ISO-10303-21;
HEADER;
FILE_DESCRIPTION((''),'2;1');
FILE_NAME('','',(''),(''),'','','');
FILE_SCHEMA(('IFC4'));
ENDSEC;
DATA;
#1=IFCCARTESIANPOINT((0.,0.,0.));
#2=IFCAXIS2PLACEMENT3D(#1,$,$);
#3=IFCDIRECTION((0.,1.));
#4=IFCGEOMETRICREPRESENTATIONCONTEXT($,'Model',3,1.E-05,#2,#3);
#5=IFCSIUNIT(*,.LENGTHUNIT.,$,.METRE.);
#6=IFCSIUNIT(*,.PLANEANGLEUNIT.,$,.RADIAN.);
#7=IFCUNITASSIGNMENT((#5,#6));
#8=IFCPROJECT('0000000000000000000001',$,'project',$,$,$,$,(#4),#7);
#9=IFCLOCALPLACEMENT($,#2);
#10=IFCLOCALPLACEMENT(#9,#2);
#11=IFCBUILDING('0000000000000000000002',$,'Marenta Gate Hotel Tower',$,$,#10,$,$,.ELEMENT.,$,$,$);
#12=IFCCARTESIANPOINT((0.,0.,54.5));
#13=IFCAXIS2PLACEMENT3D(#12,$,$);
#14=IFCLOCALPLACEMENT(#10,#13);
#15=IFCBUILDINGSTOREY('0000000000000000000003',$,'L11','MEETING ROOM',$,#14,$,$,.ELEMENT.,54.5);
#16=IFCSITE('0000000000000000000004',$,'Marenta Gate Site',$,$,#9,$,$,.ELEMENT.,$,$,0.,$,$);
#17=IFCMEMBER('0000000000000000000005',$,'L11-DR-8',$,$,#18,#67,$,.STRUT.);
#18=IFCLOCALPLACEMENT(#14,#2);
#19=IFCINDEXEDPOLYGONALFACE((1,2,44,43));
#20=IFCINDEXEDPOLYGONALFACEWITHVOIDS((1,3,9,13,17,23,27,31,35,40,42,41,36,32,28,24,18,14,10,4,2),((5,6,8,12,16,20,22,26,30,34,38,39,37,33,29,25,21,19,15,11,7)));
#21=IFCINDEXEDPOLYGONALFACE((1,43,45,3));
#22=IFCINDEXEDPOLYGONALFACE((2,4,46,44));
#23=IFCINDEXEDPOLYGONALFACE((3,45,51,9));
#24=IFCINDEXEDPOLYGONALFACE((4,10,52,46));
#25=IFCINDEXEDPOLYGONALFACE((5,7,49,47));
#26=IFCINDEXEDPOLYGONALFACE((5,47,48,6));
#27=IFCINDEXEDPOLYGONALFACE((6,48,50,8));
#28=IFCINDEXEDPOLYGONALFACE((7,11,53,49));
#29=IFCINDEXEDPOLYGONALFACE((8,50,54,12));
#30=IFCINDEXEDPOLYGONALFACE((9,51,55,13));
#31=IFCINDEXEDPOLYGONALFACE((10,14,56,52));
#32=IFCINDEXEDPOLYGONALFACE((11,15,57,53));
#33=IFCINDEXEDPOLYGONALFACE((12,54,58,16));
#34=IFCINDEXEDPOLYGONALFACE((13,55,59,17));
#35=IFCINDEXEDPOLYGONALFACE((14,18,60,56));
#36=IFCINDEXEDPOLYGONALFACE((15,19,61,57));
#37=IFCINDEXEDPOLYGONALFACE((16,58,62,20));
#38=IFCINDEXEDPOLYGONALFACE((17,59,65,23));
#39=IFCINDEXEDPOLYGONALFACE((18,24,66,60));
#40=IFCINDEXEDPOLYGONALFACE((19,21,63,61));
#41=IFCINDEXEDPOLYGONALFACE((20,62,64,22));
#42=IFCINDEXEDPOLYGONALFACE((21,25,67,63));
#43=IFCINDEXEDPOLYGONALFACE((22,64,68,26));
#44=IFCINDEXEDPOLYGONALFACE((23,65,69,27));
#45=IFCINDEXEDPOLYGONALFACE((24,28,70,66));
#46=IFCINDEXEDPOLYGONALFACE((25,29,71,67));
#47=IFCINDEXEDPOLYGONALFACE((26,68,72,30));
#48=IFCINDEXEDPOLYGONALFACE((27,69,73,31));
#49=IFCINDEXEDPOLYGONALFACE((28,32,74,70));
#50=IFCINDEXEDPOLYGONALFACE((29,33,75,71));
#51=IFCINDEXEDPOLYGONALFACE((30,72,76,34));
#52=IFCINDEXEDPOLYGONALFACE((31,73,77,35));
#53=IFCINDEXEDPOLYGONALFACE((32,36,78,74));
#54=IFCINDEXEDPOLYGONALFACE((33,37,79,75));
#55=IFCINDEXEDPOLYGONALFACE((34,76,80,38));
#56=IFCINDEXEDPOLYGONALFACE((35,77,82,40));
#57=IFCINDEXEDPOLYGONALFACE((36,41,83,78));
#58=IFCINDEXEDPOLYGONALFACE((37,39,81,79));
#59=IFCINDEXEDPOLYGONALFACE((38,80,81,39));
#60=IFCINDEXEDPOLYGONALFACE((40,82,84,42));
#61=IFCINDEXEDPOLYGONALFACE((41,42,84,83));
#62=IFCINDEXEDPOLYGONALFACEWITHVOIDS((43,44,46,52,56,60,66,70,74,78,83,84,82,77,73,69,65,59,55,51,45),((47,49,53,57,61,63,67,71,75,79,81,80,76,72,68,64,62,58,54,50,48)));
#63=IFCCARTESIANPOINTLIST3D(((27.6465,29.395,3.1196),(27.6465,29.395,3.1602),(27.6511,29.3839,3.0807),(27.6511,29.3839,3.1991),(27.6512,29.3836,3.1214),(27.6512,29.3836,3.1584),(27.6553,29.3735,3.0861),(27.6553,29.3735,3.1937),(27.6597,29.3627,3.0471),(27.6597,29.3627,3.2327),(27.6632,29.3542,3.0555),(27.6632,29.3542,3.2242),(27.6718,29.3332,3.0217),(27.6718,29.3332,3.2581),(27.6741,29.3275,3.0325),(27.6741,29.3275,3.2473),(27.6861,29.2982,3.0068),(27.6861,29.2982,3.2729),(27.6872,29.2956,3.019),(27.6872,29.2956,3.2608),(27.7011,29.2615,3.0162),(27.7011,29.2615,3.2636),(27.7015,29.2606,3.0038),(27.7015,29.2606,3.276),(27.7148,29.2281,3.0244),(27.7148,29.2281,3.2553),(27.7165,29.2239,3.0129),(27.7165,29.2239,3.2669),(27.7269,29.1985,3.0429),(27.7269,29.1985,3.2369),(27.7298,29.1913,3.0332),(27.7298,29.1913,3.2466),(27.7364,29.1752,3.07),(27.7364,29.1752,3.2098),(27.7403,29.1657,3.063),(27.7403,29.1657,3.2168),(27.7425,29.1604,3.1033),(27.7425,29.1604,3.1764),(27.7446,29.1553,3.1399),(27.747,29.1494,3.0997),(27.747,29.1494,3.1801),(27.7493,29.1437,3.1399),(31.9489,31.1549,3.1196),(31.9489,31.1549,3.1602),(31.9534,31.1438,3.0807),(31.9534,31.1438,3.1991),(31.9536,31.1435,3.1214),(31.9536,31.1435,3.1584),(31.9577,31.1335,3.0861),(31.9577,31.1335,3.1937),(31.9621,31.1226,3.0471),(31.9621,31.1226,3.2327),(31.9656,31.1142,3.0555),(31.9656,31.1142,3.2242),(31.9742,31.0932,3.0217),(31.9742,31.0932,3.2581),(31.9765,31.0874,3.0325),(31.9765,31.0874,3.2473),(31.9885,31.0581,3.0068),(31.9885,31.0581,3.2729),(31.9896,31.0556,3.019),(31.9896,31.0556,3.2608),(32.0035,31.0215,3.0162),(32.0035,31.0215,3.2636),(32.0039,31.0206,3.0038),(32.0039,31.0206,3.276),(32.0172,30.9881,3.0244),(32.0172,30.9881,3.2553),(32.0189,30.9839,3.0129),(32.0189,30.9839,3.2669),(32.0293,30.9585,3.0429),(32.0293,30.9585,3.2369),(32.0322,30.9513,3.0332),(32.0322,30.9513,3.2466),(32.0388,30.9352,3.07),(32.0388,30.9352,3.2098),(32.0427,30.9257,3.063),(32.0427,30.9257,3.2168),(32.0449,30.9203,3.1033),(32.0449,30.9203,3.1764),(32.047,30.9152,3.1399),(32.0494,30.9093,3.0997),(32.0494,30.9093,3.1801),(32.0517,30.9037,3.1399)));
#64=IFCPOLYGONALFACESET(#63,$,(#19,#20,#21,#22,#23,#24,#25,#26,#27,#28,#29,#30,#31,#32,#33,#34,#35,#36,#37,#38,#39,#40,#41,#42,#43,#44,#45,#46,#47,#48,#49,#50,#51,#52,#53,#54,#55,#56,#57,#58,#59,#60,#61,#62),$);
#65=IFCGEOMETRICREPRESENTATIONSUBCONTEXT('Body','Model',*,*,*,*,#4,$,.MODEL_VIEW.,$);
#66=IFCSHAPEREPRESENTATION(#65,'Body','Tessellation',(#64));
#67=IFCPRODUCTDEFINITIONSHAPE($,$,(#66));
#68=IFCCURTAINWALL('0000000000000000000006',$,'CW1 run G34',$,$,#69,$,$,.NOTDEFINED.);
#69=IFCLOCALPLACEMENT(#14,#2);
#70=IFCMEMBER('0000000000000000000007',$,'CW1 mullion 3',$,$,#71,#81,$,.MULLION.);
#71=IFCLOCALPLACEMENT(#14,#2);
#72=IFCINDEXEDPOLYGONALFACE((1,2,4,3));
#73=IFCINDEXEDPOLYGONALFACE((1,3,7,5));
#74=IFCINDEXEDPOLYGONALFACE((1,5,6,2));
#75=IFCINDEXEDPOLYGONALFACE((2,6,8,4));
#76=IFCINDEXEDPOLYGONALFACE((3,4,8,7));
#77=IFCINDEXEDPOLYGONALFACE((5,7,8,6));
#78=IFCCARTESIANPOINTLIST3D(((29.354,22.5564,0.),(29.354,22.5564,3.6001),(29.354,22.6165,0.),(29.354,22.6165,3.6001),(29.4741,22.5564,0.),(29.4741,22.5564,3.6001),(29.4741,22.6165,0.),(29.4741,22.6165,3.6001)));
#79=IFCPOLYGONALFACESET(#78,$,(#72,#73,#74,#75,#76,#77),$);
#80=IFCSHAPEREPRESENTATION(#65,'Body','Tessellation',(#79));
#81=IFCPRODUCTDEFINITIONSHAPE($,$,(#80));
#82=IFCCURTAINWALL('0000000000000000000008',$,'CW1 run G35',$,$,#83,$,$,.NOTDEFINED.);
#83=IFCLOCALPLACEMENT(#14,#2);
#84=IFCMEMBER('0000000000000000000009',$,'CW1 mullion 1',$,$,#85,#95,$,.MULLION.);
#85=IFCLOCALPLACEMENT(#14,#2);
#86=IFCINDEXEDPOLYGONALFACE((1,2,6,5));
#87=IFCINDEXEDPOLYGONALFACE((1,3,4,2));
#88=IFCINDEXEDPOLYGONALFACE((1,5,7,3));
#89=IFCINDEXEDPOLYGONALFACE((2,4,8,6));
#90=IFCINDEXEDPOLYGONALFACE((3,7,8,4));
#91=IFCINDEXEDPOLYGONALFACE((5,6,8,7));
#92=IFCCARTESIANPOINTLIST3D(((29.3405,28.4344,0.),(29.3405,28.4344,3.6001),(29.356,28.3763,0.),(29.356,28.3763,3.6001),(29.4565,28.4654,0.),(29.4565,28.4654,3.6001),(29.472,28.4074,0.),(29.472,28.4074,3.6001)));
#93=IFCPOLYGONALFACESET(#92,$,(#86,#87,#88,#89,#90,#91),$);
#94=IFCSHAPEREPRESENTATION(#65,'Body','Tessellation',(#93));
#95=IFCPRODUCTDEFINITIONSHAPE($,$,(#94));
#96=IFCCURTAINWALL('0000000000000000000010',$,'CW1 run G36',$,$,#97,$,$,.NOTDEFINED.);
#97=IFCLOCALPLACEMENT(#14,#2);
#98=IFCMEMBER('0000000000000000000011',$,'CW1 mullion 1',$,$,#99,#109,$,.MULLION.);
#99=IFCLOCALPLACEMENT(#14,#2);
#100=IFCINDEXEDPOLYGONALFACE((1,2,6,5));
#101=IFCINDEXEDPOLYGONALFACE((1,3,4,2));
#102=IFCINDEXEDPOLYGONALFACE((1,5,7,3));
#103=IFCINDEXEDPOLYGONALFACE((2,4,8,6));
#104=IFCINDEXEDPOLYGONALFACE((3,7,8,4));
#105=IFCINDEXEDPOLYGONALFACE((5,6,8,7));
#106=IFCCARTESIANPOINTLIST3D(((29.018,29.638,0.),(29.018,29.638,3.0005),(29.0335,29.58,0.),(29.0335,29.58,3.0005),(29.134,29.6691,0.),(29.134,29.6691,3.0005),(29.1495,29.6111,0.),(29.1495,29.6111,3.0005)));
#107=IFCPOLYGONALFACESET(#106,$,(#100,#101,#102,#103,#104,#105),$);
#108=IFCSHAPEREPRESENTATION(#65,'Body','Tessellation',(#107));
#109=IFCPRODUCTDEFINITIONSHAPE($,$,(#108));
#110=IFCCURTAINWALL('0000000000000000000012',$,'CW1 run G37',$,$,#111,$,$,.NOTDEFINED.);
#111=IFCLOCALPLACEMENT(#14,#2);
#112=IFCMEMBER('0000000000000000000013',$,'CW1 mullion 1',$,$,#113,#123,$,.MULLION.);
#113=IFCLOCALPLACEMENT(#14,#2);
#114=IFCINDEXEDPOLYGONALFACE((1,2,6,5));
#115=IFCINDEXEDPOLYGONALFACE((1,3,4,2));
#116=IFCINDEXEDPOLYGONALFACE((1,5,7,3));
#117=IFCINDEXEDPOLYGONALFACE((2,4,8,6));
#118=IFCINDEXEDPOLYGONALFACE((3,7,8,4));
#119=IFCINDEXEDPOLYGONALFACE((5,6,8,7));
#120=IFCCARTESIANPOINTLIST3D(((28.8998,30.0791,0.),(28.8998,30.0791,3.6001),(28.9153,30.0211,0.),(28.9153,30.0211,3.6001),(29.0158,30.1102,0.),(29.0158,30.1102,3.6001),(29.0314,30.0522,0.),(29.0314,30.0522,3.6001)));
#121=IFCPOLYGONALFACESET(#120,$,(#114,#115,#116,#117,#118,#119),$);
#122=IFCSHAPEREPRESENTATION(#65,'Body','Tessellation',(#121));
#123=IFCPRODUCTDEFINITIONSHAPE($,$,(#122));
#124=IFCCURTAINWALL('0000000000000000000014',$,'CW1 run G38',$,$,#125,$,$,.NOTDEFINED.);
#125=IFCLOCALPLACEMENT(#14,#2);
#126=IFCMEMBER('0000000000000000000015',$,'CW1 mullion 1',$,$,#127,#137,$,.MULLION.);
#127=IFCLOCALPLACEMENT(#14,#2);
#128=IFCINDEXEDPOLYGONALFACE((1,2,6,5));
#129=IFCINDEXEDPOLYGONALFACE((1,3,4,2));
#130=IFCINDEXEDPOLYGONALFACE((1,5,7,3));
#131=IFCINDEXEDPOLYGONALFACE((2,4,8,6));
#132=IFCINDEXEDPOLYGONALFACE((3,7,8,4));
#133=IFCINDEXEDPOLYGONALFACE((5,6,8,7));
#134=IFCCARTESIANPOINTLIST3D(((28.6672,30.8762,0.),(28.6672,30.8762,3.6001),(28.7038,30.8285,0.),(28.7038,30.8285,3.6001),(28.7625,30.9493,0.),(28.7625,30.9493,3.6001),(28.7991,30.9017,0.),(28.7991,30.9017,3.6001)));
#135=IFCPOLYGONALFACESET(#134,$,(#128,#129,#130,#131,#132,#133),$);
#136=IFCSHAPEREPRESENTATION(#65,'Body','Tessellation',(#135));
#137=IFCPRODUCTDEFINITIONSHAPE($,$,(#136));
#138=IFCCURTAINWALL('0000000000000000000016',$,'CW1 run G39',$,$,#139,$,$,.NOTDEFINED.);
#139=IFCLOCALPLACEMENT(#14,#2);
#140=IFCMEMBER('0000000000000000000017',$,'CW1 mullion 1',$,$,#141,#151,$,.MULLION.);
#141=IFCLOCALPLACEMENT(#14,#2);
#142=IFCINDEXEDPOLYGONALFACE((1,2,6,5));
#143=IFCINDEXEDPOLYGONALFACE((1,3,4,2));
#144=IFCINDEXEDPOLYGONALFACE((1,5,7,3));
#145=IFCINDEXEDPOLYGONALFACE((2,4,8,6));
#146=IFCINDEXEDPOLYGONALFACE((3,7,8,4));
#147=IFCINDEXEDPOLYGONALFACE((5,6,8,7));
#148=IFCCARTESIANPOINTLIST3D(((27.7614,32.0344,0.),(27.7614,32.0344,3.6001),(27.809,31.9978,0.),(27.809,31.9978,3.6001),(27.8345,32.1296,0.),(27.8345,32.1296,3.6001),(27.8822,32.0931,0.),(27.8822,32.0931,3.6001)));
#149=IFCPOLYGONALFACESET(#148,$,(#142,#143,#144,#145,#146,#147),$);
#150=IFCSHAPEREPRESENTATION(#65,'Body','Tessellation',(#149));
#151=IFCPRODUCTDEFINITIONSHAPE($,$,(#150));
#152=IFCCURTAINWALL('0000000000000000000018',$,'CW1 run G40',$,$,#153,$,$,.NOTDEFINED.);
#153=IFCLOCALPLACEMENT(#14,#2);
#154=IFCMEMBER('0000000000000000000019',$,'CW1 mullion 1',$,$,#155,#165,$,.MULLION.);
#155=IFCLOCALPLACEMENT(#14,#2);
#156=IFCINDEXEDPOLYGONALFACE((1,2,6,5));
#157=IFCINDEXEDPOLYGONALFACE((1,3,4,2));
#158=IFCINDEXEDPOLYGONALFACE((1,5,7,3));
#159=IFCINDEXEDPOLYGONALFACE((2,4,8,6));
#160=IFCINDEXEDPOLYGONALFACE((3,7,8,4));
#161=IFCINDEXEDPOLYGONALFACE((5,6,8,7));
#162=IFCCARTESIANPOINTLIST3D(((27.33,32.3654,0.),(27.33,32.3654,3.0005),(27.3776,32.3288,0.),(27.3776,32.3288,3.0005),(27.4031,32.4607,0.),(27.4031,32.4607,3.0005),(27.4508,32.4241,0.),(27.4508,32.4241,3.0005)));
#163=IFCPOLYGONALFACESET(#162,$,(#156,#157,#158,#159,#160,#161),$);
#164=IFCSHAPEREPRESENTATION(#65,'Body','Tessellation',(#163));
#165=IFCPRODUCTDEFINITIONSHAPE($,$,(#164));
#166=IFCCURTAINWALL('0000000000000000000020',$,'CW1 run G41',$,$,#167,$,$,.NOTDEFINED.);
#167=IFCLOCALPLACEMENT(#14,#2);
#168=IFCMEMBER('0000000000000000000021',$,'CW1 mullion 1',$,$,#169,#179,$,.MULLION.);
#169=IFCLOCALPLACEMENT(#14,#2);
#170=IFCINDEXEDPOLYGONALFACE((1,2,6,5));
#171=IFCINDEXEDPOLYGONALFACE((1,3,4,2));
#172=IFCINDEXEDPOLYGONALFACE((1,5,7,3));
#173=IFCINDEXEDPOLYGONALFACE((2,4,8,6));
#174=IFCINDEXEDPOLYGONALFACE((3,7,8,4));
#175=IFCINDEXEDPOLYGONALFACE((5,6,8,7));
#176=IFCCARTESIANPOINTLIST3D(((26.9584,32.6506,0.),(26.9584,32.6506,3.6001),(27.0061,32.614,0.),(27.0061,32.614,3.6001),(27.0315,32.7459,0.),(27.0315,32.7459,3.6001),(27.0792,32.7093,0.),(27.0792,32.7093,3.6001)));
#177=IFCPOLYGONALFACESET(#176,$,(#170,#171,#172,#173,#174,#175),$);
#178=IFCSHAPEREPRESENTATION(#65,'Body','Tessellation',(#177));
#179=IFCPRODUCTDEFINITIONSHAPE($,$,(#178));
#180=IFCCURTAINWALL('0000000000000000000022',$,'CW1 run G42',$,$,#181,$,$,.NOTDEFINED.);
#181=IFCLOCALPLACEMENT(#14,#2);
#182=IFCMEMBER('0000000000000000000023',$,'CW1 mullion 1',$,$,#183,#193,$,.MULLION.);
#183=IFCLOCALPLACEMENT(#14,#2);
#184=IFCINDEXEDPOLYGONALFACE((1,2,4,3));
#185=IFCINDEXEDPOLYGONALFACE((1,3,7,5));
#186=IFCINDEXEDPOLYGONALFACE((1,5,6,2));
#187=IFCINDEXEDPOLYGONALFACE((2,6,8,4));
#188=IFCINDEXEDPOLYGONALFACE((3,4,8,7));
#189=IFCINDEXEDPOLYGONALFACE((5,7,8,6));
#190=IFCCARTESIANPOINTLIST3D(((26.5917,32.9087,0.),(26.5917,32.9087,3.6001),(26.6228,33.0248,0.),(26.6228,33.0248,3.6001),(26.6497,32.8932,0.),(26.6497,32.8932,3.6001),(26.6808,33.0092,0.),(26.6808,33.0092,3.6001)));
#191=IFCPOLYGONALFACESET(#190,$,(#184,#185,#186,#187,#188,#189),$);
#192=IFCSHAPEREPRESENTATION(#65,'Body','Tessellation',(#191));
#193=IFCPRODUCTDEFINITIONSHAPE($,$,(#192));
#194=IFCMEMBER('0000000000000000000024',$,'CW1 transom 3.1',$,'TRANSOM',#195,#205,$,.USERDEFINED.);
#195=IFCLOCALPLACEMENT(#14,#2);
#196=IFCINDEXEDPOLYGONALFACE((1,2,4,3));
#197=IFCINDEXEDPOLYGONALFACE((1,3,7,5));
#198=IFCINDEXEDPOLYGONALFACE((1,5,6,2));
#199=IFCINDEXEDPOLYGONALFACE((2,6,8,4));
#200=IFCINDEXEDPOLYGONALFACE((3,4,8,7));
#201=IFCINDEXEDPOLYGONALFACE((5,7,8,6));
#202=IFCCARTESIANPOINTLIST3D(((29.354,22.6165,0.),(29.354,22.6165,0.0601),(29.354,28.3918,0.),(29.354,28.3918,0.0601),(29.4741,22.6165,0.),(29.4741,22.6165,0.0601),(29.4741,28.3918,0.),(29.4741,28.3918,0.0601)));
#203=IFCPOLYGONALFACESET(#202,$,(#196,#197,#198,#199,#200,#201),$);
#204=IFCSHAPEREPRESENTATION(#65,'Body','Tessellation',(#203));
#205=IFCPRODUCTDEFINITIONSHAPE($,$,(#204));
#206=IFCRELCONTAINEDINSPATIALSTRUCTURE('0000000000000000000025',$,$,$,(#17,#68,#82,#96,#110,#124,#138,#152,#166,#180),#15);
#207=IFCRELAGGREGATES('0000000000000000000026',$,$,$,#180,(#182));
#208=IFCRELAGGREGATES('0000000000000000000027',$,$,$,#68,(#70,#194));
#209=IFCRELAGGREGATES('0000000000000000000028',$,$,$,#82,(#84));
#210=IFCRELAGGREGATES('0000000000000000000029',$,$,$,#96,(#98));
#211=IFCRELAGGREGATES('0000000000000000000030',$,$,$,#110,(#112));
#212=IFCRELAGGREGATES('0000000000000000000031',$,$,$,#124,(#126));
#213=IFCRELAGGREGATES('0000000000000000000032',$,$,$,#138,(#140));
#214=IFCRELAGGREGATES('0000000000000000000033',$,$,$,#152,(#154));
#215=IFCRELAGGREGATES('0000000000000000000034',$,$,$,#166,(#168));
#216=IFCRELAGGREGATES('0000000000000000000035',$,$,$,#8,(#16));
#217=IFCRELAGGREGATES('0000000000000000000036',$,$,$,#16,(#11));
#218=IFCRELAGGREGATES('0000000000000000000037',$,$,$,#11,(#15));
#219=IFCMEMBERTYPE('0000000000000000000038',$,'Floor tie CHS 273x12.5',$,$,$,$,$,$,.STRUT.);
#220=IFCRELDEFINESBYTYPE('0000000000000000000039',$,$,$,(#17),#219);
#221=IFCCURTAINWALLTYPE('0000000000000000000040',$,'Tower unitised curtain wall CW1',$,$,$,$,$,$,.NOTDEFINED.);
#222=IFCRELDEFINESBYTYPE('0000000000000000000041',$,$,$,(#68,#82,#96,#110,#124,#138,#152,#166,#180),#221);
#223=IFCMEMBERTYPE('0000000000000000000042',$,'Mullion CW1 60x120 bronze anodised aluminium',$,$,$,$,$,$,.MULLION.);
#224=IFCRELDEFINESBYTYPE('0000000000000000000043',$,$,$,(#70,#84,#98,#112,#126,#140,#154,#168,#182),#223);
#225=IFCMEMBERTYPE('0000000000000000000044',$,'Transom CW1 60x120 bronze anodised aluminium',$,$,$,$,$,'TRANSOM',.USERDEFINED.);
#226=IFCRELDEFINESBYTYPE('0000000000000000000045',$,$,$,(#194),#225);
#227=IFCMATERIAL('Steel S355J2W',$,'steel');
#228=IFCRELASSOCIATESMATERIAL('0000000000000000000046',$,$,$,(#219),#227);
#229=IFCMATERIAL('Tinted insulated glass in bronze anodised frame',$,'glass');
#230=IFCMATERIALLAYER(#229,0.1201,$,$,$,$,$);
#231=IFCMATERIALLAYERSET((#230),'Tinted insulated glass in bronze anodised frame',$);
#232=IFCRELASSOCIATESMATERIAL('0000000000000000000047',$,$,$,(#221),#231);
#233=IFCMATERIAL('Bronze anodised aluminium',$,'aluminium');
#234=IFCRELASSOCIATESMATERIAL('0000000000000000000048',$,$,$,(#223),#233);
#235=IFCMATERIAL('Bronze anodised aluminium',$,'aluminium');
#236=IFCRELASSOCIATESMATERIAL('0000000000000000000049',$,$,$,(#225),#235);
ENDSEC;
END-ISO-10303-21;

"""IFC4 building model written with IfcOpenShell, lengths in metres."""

from ifc_helpers import new_model, si_unit, direction, frame, origin, origin_2d, place, context, subcontext, project, spatial, rectangle, hollow_circle, extrude, material, layer, layer_set, material_profile, profile_set, type_object, element, aggregate, save


model = new_model("IFC4")

# Units and contexts
model_context = context("Model", 3, precision=1e-05, world=origin(), true_north=direction((0.0, 1.0)))
body_context = subcontext(model_context, "Body", "Model", "MODEL_VIEW")
ifc_project = project(units=[si_unit("LENGTHUNIT", "METRE"), si_unit("PLANEANGLEUNIT", "RADIAN")], contexts=[model_context])

# Site, building, storey
site_placement = place(None, origin())
site = spatial("IfcSite", under=ifc_project, at=site_placement, Name="Marenta Gate Site", CompositionType="ELEMENT", RefElevation=0.0)
building_placement = place(site_placement, origin())
building = spatial("IfcBuilding", under=site, at=building_placement, Name="Marenta Gate Hotel Tower", CompositionType="ELEMENT")
storey_placement = place(building_placement, frame((0.0, 0.0, 54.5)))
storey = spatial("IfcBuildingStorey", under=building, at=storey_placement, Name="L11", Description="MEETING ROOM", CompositionType="ELEMENT", Elevation=54.5)

# Member
ifc_material_1 = material(Name="Steel S355J2W", Category="steel")
ifc_material_profile_1 = material_profile(ifc_material_1, hollow_circle(Radius=0.1365, WallThickness=0.0125, at=origin_2d()), Name="CHS 273x12.5")
ifc_profile_set_1 = profile_set([ifc_material_profile_1], Name="Steel S355J2W")
member_type_1 = type_object("IfcMemberType", Name="Floor tie CHS 273x12.5", PredefinedType="STRUT", material=ifc_profile_set_1)
member_1_placement = place(storey_placement, frame((32.0, 31.03, 3.1399), z_axis=(-0.925554, -0.378614, 0.0), x_axis=(0.378614, -0.925554, 0.0)))
element("IfcMember", 1, at=member_1_placement, inside=storey, type_object=member_type_1, Name="L11-DR-8", PredefinedType="STRUT", context=body_context, shape_type="SweptSolid", body=[
    extrude(hollow_circle(Radius=0.1365, WallThickness=0.0125, at=origin_2d()), origin(), (0.0, 0.0, 1.0), 4.6484),
])

# Curtain walls, members
ifc_material_2 = material(Name="Tinted insulated glass in bronze anodised frame", Category="glass")
ifc_layer_1 = layer(ifc_material_2, 0.1201)
ifc_layer_set_1 = layer_set([ifc_layer_1], Name="Tinted insulated glass in bronze anodised frame")
curtain_wall_type = type_object("IfcCurtainWallType", Name="Tower unitised curtain wall CW1", PredefinedType="NOTDEFINED", material=ifc_layer_set_1)
curtain_wall_1_placement = place(storey_placement, origin())
curtain_wall_1 = element("IfcCurtainWall", 2, at=curtain_wall_1_placement, inside=storey, type_object=curtain_wall_type, Name="CW1 run G34", PredefinedType="NOTDEFINED")
ifc_material_3 = material(Name="Bronze anodised aluminium", Category="aluminium")
ifc_material_profile_2 = material_profile(ifc_material_3, rectangle(XDim=0.1201, YDim=0.0601, at=origin_2d()), Name="Mullion CW1 60x120 bronze anodised aluminium")
ifc_profile_set_2 = profile_set([ifc_material_profile_2], Name="Bronze anodised aluminium")
member_type_2 = type_object("IfcMemberType", Name="Mullion CW1 60x120 bronze anodised aluminium", PredefinedType="MULLION", material=ifc_profile_set_2)
member_2_placement = place(storey_placement, frame((29.4141, 22.5864, 0.0), z_axis=(0.0, 0.0, 1.0), x_axis=(-1.0, 0.0, 0.0)))
member_2 = element("IfcMember", 3, at=member_2_placement, type_object=member_type_2, Name="CW1 mullion 3", PredefinedType="MULLION", context=body_context, shape_type="SweptSolid", body=[
    extrude(rectangle(XDim=0.1201, YDim=0.0601, at=origin_2d()), origin(), (0.0, 0.0, 1.0), 3.6001),
])
curtain_wall_2_placement = place(storey_placement, origin())
curtain_wall_2 = element("IfcCurtainWall", 4, at=curtain_wall_2_placement, inside=storey, type_object=curtain_wall_type, Name="CW1 run G35", PredefinedType="NOTDEFINED")
member_3_placement = place(storey_placement, frame((29.4062, 28.4209, 0.0), z_axis=(0.0, 0.0, 1.0), x_axis=(-0.965927, -0.258816, 0.0)))
member_3 = element("IfcMember", 5, at=member_3_placement, type_object=member_type_2, Name="CW1 mullion 1", PredefinedType="MULLION", context=body_context, shape_type="SweptSolid", body=[
    extrude(rectangle(XDim=0.1201, YDim=0.0601, at=origin_2d()), origin(), (0.0, 0.0, 1.0), 3.6001),
])
curtain_wall_3_placement = place(storey_placement, origin())
curtain_wall_3 = element("IfcCurtainWall", 6, at=curtain_wall_3_placement, inside=storey, type_object=curtain_wall_type, Name="CW1 run G36", PredefinedType="NOTDEFINED")
member_4_placement = place(storey_placement, frame((29.0837, 29.6245, 0.0), z_axis=(0.0, 0.0, 1.0), x_axis=(-0.965922, -0.258835, 0.0)))
member_4 = element("IfcMember", 7, at=member_4_placement, type_object=member_type_2, Name="CW1 mullion 1", PredefinedType="MULLION", context=body_context, shape_type="SweptSolid", body=[
    extrude(rectangle(XDim=0.1201, YDim=0.0601, at=origin_2d()), origin(), (0.0, 0.0, 1.0), 3.0005),
])
curtain_wall_4_placement = place(storey_placement, origin())
curtain_wall_4 = element("IfcCurtainWall", 8, at=curtain_wall_4_placement, inside=storey, type_object=curtain_wall_type, Name="CW1 run G37", PredefinedType="NOTDEFINED")
member_5_placement = place(storey_placement, frame((28.9656, 30.0657, 0.0), z_axis=(0.0, 0.0, 1.0), x_axis=(-0.965925, -0.258823, 0.0)))
member_5 = element("IfcMember", 9, at=member_5_placement, type_object=member_type_2, Name="CW1 mullion 1", PredefinedType="MULLION", context=body_context, shape_type="SweptSolid", body=[
    extrude(rectangle(XDim=0.1201, YDim=0.0601, at=origin_2d()), origin(), (0.0, 0.0, 1.0), 3.6001),
])
curtain_wall_5_placement = place(storey_placement, origin())
curtain_wall_5 = element("IfcCurtainWall", 10, at=curtain_wall_5_placement, inside=storey, type_object=curtain_wall_type, Name="CW1 run G38", PredefinedType="NOTDEFINED")
member_6_placement = place(storey_placement, frame((28.7332, 30.8889, 0.0), z_axis=(0.0, 0.0, 1.0), x_axis=(-0.793338, -0.608781, 0.0)))
member_6 = element("IfcMember", 11, at=member_6_placement, type_object=member_type_2, Name="CW1 mullion 1", PredefinedType="MULLION", context=body_context, shape_type="SweptSolid", body=[
    extrude(rectangle(XDim=0.1201, YDim=0.0601, at=origin_2d()), origin(), (0.0, 0.0, 1.0), 3.6001),
])
curtain_wall_6_placement = place(storey_placement, origin())
curtain_wall_6 = element("IfcCurtainWall", 12, at=curtain_wall_6_placement, inside=storey, type_object=curtain_wall_type, Name="CW1 run G39", PredefinedType="NOTDEFINED")
member_7_placement = place(storey_placement, frame((27.8218, 32.0637, 0.0), z_axis=(0.0, 0.0, 1.0), x_axis=(-0.608795, -0.793328, 0.0)))
member_7 = element("IfcMember", 13, at=member_7_placement, type_object=member_type_2, Name="CW1 mullion 1", PredefinedType="MULLION", context=body_context, shape_type="SweptSolid", body=[
    extrude(rectangle(XDim=0.1201, YDim=0.0601, at=origin_2d()), origin(), (0.0, 0.0, 1.0), 3.6001),
])
curtain_wall_7_placement = place(storey_placement, origin())
curtain_wall_7 = element("IfcCurtainWall", 14, at=curtain_wall_7_placement, inside=storey, type_object=curtain_wall_type, Name="CW1 run G40", PredefinedType="NOTDEFINED")
member_8_placement = place(storey_placement, frame((27.3904, 32.3948, 0.0), z_axis=(0.0, 0.0, 1.0), x_axis=(-0.608772, -0.793345, 0.0)))
member_8 = element("IfcMember", 15, at=member_8_placement, type_object=member_type_2, Name="CW1 mullion 1", PredefinedType="MULLION", context=body_context, shape_type="SweptSolid", body=[
    extrude(rectangle(XDim=0.1201, YDim=0.0601, at=origin_2d()), origin(), (0.0, 0.0, 1.0), 3.0005),
])
curtain_wall_8_placement = place(storey_placement, origin())
curtain_wall_8 = element("IfcCurtainWall", 16, at=curtain_wall_8_placement, inside=storey, type_object=curtain_wall_type, Name="CW1 run G41", PredefinedType="NOTDEFINED")
member_9_placement = place(storey_placement, frame((27.0188, 32.6799, 0.0), z_axis=(0.0, 0.0, 1.0), x_axis=(-0.608776, -0.793342, 0.0)))
member_9 = element("IfcMember", 17, at=member_9_placement, type_object=member_type_2, Name="CW1 mullion 1", PredefinedType="MULLION", context=body_context, shape_type="SweptSolid", body=[
    extrude(rectangle(XDim=0.1201, YDim=0.0601, at=origin_2d()), origin(), (0.0, 0.0, 1.0), 3.6001),
])
curtain_wall_9_placement = place(storey_placement, origin())
curtain_wall_9 = element("IfcCurtainWall", 18, at=curtain_wall_9_placement, inside=storey, type_object=curtain_wall_type, Name="CW1 run G42", PredefinedType="NOTDEFINED")
member_10_placement = place(storey_placement, frame((26.6362, 32.959, 0.0), z_axis=(0.0, 0.0, 1.0), x_axis=(-0.258807, -0.965929, 0.0)))
member_10 = element("IfcMember", 19, at=member_10_placement, type_object=member_type_2, Name="CW1 mullion 1", PredefinedType="MULLION", context=body_context, shape_type="SweptSolid", body=[
    extrude(rectangle(XDim=0.1201, YDim=0.0601, at=origin_2d()), origin(), (0.0, 0.0, 1.0), 3.6001),
])

# Member
ifc_material_4 = material(Name="Bronze anodised aluminium", Category="aluminium")
ifc_material_profile_3 = material_profile(ifc_material_4, rectangle(XDim=0.1201, YDim=0.0601, at=origin_2d()), Name="Transom CW1 60x120 bronze anodised aluminium")
ifc_profile_set_3 = profile_set([ifc_material_profile_3], Name="Bronze anodised aluminium")
member_type_3 = type_object("IfcMemberType", Name="Transom CW1 60x120 bronze anodised aluminium", ElementType="TRANSOM", PredefinedType="USERDEFINED", material=ifc_profile_set_3)
member_11_placement = place(storey_placement, frame((29.4141, 22.6165, 0.03), z_axis=(0.0, 1.0, 0.0), x_axis=(-1.0, 0.0, 0.0)))
member_11 = element("IfcMember", 20, at=member_11_placement, type_object=member_type_3, Name="CW1 transom 3.1", ObjectType="TRANSOM", PredefinedType="USERDEFINED", context=body_context, shape_type="SweptSolid", body=[
    extrude(rectangle(XDim=0.1201, YDim=0.0601, at=origin_2d()), origin(), (0.0, 0.0, 1.0), 5.7754),
])
aggregate(curtain_wall_9, [member_10])

aggregate(curtain_wall_1, [member_2, member_11])
aggregate(curtain_wall_2, [member_3])
aggregate(curtain_wall_3, [member_4])
aggregate(curtain_wall_4, [member_5])
aggregate(curtain_wall_5, [member_6])
aggregate(curtain_wall_6, [member_7])
aggregate(curtain_wall_7, [member_8])
aggregate(curtain_wall_8, [member_9])

save(model, "model.ifc")
